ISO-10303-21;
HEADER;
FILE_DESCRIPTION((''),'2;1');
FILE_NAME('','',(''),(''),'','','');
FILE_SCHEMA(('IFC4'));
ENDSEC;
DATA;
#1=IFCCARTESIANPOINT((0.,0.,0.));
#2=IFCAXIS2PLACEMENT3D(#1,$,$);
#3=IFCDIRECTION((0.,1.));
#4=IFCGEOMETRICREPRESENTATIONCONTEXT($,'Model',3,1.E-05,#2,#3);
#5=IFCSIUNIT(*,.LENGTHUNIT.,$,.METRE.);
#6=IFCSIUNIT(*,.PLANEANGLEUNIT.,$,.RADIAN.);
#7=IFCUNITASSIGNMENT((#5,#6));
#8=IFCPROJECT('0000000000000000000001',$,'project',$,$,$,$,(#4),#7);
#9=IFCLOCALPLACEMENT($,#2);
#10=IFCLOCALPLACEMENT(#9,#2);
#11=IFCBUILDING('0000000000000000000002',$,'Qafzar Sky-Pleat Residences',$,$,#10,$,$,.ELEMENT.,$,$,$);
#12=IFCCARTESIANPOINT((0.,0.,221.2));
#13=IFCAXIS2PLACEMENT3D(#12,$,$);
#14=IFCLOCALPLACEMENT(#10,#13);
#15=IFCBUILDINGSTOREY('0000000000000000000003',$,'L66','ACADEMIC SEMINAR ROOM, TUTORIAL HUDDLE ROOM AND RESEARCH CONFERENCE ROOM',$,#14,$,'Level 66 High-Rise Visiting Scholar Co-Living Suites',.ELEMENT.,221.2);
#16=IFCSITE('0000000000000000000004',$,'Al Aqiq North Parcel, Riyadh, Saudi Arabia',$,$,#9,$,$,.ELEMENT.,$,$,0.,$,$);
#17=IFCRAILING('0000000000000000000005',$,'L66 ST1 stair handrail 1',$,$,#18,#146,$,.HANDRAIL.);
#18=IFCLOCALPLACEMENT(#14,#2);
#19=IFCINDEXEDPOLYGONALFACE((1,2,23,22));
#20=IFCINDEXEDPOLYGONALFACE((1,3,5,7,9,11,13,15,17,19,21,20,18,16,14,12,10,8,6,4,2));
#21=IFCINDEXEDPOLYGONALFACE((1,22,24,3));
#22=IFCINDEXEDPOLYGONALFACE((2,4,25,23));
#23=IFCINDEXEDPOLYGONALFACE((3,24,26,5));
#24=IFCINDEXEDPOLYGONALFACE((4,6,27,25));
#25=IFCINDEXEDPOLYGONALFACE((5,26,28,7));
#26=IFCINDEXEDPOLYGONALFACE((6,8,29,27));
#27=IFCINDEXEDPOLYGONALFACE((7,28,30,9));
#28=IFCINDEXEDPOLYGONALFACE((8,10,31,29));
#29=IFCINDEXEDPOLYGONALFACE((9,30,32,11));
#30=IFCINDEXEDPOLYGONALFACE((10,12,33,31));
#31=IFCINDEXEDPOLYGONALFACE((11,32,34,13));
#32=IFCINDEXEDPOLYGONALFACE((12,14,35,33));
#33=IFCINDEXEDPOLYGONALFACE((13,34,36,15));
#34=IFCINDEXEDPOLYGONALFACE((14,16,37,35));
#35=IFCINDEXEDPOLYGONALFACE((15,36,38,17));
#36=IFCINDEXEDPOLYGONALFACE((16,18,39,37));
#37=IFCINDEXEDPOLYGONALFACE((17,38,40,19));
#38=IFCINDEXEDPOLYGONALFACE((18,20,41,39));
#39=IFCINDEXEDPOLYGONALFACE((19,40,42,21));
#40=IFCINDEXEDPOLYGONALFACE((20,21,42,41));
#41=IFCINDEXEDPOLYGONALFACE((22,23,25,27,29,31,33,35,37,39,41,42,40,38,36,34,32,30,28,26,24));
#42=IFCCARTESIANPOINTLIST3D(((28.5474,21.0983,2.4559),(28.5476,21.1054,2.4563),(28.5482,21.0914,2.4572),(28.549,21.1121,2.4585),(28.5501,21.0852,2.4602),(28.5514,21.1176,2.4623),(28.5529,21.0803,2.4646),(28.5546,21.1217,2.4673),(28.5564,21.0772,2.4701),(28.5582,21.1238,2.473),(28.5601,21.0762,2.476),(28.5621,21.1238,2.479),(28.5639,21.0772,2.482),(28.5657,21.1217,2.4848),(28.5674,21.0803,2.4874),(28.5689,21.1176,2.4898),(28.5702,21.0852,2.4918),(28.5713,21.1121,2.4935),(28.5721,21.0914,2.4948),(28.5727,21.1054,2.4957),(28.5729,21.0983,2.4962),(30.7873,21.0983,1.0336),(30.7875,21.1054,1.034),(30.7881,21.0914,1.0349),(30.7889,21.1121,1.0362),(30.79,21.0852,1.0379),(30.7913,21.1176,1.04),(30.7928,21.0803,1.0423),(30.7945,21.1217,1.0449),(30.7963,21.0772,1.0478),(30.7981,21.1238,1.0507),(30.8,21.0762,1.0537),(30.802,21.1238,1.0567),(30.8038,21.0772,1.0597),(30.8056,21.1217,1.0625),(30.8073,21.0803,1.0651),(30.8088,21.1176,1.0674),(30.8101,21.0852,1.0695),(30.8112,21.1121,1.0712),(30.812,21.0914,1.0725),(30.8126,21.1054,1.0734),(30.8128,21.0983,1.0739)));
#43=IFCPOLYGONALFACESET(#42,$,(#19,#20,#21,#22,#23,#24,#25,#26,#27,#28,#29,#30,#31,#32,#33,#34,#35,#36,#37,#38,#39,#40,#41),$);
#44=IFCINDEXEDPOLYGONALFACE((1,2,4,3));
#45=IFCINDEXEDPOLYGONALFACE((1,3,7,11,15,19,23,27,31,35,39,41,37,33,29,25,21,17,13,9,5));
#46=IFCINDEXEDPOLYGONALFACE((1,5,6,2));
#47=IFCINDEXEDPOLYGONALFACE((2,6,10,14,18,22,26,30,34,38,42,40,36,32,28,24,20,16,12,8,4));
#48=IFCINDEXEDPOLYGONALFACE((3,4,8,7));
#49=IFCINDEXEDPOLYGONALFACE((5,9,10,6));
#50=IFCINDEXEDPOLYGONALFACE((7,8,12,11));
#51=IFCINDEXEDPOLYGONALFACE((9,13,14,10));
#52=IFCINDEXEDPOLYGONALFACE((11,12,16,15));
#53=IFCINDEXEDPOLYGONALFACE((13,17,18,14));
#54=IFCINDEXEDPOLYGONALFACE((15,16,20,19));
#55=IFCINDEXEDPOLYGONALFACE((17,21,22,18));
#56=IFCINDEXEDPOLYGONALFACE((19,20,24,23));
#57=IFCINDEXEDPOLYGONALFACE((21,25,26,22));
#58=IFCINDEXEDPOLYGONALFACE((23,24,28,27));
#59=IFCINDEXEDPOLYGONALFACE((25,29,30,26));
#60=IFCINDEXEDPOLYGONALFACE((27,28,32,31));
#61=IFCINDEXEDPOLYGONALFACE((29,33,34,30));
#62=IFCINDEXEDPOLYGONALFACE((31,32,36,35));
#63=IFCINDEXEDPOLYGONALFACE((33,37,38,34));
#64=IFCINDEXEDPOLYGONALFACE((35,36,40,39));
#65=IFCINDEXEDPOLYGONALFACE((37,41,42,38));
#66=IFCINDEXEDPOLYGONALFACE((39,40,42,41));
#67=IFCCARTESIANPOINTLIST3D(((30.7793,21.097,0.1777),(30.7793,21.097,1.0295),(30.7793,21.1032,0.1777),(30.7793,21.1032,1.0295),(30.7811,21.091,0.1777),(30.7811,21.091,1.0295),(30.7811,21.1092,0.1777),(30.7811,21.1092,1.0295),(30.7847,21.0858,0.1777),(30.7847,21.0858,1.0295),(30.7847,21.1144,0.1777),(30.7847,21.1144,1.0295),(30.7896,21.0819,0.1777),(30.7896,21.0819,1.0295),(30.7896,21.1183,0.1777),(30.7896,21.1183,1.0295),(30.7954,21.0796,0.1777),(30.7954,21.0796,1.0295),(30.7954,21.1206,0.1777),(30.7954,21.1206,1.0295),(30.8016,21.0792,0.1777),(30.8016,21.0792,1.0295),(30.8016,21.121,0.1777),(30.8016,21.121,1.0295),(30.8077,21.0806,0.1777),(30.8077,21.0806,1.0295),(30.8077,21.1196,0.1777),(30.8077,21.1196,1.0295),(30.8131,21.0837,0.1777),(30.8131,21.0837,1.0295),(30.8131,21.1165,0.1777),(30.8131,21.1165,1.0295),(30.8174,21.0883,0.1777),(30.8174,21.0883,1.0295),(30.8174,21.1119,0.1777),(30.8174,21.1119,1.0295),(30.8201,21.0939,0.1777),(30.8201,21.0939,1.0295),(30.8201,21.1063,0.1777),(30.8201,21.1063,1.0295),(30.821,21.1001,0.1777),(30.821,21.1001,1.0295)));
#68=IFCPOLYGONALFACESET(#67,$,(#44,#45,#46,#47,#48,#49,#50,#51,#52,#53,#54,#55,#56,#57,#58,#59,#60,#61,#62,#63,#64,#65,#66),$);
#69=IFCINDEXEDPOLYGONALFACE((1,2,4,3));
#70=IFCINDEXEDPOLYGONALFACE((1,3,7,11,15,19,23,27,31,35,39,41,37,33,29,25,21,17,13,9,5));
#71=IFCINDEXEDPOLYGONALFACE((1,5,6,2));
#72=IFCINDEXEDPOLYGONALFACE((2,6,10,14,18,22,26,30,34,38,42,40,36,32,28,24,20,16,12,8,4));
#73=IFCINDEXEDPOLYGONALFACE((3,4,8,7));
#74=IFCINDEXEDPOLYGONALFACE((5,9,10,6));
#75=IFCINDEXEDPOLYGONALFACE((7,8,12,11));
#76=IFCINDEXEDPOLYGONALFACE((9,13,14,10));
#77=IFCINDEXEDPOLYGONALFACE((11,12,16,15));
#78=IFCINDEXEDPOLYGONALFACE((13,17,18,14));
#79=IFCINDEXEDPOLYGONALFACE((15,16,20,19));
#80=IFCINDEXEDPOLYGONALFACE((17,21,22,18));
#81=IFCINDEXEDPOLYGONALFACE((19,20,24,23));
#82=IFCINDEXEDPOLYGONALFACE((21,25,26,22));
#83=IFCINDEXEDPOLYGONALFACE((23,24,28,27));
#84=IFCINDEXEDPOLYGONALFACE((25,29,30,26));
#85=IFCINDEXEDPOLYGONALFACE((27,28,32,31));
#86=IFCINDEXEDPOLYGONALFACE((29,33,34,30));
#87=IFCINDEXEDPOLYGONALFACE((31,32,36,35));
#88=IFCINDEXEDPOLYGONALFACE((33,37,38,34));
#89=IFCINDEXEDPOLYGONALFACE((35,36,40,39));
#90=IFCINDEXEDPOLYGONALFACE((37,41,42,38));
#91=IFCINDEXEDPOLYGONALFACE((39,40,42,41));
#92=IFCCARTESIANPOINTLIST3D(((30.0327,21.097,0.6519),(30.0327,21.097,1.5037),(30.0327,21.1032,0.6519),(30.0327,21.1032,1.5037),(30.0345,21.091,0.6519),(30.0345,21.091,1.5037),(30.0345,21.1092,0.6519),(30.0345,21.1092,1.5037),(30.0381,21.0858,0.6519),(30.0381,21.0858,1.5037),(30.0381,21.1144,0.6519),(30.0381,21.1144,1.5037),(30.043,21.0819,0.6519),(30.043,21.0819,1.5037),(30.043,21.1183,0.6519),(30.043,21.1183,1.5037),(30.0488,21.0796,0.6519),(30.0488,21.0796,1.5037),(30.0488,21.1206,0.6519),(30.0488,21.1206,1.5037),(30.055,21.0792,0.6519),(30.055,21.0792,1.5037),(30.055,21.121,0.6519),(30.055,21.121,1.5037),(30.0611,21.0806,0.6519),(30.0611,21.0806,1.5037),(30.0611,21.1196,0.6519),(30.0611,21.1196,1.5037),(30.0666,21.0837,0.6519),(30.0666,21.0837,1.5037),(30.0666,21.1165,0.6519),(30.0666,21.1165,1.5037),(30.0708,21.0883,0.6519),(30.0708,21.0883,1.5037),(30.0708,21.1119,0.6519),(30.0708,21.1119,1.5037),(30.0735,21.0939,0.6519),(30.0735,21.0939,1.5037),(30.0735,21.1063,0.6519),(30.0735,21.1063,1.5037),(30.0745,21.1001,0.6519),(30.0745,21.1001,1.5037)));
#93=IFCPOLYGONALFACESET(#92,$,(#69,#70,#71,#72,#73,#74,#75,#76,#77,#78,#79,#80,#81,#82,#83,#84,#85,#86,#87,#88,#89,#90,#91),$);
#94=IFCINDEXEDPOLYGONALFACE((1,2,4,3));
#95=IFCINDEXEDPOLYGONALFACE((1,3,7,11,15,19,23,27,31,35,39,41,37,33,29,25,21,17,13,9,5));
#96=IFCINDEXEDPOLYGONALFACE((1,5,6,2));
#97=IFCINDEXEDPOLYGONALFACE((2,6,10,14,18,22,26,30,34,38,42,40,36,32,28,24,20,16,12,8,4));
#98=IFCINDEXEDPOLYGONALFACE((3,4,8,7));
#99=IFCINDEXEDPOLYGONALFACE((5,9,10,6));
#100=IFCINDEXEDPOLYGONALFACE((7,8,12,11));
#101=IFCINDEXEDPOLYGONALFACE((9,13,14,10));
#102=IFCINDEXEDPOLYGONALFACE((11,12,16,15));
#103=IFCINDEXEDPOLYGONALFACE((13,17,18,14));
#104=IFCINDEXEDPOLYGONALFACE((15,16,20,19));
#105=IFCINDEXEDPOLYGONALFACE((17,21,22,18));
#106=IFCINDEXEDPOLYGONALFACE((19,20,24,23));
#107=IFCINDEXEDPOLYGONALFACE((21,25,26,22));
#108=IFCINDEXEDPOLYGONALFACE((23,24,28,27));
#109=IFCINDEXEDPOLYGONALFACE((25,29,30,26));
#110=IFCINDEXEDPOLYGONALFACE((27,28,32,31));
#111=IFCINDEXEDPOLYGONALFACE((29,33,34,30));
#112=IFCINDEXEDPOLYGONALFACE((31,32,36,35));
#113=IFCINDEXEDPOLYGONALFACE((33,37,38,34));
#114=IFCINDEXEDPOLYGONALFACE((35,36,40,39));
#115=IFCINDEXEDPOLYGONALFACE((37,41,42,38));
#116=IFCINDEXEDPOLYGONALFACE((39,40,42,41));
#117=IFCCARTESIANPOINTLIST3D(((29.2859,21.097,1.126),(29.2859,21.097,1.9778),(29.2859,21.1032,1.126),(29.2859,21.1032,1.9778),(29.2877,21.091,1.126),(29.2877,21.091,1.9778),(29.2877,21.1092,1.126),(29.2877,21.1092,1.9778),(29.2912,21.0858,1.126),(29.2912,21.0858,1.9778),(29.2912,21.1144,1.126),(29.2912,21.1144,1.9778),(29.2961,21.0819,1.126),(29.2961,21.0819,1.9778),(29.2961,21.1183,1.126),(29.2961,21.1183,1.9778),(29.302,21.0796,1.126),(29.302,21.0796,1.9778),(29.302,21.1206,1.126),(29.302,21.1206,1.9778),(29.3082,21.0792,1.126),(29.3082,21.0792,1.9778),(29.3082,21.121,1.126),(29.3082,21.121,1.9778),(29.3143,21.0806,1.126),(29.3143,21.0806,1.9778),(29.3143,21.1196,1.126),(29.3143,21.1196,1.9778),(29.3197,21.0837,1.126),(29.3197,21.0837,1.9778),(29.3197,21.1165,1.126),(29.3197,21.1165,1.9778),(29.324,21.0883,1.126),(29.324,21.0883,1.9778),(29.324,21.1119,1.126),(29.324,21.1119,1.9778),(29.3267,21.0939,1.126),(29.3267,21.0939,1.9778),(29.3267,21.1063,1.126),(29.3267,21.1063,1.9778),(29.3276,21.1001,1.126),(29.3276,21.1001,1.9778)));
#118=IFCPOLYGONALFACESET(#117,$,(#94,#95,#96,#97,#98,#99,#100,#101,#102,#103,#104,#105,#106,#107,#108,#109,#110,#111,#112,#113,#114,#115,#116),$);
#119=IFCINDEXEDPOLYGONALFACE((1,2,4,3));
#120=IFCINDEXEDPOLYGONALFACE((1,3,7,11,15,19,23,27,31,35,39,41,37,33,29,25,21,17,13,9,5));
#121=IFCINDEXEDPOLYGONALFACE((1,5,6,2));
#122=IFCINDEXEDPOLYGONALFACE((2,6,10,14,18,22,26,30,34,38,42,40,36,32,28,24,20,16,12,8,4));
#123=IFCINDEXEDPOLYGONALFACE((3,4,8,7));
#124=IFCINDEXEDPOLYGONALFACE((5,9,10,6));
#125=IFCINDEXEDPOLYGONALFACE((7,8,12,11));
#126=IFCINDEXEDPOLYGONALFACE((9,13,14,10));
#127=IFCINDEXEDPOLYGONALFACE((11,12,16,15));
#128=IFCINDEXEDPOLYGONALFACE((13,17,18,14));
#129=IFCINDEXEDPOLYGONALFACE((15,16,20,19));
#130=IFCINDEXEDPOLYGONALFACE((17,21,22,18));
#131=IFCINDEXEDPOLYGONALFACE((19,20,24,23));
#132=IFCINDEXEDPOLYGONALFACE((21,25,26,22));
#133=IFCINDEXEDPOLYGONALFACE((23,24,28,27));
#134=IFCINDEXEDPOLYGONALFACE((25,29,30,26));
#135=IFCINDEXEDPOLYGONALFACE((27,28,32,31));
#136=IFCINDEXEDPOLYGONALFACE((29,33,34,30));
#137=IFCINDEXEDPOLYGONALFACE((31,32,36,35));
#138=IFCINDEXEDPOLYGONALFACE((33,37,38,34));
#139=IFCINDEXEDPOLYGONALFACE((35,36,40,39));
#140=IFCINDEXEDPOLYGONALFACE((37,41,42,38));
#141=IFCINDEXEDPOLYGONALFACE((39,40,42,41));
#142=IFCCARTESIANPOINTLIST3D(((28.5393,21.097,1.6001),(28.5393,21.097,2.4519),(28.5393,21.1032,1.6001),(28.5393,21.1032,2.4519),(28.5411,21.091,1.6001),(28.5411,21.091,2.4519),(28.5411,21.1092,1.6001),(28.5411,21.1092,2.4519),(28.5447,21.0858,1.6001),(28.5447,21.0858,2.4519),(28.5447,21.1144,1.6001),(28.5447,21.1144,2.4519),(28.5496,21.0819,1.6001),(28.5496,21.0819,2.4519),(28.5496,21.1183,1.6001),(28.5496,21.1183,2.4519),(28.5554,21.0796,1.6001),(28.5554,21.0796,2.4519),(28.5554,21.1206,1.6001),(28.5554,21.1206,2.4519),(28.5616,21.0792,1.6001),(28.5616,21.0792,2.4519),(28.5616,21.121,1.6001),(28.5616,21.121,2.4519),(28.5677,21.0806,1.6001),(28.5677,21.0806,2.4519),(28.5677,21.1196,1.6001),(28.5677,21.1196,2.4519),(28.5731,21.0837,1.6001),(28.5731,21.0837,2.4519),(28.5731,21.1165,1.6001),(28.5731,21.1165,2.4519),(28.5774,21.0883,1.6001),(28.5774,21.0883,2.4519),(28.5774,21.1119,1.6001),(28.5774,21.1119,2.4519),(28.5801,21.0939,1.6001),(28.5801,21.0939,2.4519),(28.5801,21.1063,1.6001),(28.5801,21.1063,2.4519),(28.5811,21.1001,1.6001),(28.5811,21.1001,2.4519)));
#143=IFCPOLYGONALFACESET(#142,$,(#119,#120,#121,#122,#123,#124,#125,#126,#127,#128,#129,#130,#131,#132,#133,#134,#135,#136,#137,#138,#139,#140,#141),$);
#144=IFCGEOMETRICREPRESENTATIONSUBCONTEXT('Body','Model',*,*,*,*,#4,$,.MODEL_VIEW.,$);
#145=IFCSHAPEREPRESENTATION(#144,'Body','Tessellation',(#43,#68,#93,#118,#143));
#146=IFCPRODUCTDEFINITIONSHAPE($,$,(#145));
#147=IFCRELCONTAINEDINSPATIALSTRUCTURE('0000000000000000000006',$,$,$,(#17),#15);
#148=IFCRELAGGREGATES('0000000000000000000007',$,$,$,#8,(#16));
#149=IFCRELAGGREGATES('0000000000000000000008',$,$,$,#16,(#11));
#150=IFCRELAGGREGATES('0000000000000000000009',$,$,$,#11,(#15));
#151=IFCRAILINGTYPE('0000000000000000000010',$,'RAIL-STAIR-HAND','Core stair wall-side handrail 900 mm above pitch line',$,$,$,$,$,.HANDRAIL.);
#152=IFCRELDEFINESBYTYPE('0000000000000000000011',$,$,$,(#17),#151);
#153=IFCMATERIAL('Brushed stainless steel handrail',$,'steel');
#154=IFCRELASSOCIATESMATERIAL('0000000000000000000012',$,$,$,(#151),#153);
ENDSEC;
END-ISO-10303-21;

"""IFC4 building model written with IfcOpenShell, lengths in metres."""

from ifc_helpers import new_model, si_unit, direction, frame, origin, origin_2d, place, context, subcontext, project, spatial, circle, extrude, source, transform, mapped, material, type_object, element, save


model = new_model("IFC4")

# Units and contexts
model_context = context("Model", 3, precision=1e-05, world=origin(), true_north=direction((0.0, 1.0)))
body_context = subcontext(model_context, "Body", "Model", "MODEL_VIEW")
ifc_project = project(units=[si_unit("LENGTHUNIT", "METRE"), si_unit("PLANEANGLEUNIT", "RADIAN")], contexts=[model_context])

# Site, building, storey
site_placement = place(None, origin())
site = spatial("IfcSite", under=ifc_project, at=site_placement, Name="Al Aqiq North Parcel, Riyadh, Saudi Arabia", CompositionType="ELEMENT", RefElevation=0.0)
building_placement = place(site_placement, origin())
building = spatial("IfcBuilding", under=site, at=building_placement, Name="Qafzar Sky-Pleat Residences", CompositionType="ELEMENT")
storey_placement = place(building_placement, frame((0.0, 0.0, 221.2)))
storey = spatial("IfcBuildingStorey", under=building, at=storey_placement, Name="L66", Description="ACADEMIC SEMINAR ROOM, TUTORIAL HUDDLE ROOM AND RESEARCH CONFERENCE ROOM", LongName="Level 66 High-Rise Visiting Scholar Co-Living Suites", CompositionType="ELEMENT", Elevation=221.2)

# Railing
ifc_material_1 = material(Name="Brushed stainless steel handrail", Category="steel")
railing_type_1 = type_object("IfcRailingType", Name="RAIL-STAIR-HAND", Description="Core stair wall-side handrail 900 mm above pitch line", PredefinedType="HANDRAIL", material=ifc_material_1)
shared_shape_1 = source(origin(), body_context, "Body", "SweptSolid", [
    extrude(circle(Radius=0.0239, at=origin_2d()), frame((0.0, 0.0, 0.876), z_axis=(-0.844188, 0.0, 0.536048), x_axis=(0.0, -1.0, 0.0)), (0.0, 0.0, 1.0), 2.6533),
    extrude(circle(Radius=0.021, at=origin_2d()), origin(), (0.0, 0.0, 1.0), 0.8518),
    extrude(circle(Radius=0.021, at=origin_2d()), frame((-0.7466, 0.0, 0.4741)), (0.0, 0.0, 1.0), 0.8518),
    extrude(circle(Radius=0.021, at=origin_2d()), frame((-1.4934, 0.0, 0.9482)), (0.0, 0.0, 1.0), 0.8518),
    extrude(circle(Radius=0.021, at=origin_2d()), frame((-2.24, 0.0, 1.4224)), (0.0, 0.0, 1.0), 0.8518),
])
railing_1_placement = place(storey_placement, frame((30.8, 21.1001, 0.1777)))
element("IfcRailing", 1, at=railing_1_placement, inside=storey, type_object=railing_type_1, Name="L66 ST1 stair handrail 1", PredefinedType="HANDRAIL", context=body_context, shape_type="MappedRepresentation", body=[
    mapped(shared_shape_1, transform((0.0, 0.0, 0.0), x_axis=(1.0, 0.0, 0.0), y_axis=(0.0, 1.0, 0.0), z_axis=(0.0, 0.0, 1.0), scale=1.0)),
])

save(model, "model.ifc")
